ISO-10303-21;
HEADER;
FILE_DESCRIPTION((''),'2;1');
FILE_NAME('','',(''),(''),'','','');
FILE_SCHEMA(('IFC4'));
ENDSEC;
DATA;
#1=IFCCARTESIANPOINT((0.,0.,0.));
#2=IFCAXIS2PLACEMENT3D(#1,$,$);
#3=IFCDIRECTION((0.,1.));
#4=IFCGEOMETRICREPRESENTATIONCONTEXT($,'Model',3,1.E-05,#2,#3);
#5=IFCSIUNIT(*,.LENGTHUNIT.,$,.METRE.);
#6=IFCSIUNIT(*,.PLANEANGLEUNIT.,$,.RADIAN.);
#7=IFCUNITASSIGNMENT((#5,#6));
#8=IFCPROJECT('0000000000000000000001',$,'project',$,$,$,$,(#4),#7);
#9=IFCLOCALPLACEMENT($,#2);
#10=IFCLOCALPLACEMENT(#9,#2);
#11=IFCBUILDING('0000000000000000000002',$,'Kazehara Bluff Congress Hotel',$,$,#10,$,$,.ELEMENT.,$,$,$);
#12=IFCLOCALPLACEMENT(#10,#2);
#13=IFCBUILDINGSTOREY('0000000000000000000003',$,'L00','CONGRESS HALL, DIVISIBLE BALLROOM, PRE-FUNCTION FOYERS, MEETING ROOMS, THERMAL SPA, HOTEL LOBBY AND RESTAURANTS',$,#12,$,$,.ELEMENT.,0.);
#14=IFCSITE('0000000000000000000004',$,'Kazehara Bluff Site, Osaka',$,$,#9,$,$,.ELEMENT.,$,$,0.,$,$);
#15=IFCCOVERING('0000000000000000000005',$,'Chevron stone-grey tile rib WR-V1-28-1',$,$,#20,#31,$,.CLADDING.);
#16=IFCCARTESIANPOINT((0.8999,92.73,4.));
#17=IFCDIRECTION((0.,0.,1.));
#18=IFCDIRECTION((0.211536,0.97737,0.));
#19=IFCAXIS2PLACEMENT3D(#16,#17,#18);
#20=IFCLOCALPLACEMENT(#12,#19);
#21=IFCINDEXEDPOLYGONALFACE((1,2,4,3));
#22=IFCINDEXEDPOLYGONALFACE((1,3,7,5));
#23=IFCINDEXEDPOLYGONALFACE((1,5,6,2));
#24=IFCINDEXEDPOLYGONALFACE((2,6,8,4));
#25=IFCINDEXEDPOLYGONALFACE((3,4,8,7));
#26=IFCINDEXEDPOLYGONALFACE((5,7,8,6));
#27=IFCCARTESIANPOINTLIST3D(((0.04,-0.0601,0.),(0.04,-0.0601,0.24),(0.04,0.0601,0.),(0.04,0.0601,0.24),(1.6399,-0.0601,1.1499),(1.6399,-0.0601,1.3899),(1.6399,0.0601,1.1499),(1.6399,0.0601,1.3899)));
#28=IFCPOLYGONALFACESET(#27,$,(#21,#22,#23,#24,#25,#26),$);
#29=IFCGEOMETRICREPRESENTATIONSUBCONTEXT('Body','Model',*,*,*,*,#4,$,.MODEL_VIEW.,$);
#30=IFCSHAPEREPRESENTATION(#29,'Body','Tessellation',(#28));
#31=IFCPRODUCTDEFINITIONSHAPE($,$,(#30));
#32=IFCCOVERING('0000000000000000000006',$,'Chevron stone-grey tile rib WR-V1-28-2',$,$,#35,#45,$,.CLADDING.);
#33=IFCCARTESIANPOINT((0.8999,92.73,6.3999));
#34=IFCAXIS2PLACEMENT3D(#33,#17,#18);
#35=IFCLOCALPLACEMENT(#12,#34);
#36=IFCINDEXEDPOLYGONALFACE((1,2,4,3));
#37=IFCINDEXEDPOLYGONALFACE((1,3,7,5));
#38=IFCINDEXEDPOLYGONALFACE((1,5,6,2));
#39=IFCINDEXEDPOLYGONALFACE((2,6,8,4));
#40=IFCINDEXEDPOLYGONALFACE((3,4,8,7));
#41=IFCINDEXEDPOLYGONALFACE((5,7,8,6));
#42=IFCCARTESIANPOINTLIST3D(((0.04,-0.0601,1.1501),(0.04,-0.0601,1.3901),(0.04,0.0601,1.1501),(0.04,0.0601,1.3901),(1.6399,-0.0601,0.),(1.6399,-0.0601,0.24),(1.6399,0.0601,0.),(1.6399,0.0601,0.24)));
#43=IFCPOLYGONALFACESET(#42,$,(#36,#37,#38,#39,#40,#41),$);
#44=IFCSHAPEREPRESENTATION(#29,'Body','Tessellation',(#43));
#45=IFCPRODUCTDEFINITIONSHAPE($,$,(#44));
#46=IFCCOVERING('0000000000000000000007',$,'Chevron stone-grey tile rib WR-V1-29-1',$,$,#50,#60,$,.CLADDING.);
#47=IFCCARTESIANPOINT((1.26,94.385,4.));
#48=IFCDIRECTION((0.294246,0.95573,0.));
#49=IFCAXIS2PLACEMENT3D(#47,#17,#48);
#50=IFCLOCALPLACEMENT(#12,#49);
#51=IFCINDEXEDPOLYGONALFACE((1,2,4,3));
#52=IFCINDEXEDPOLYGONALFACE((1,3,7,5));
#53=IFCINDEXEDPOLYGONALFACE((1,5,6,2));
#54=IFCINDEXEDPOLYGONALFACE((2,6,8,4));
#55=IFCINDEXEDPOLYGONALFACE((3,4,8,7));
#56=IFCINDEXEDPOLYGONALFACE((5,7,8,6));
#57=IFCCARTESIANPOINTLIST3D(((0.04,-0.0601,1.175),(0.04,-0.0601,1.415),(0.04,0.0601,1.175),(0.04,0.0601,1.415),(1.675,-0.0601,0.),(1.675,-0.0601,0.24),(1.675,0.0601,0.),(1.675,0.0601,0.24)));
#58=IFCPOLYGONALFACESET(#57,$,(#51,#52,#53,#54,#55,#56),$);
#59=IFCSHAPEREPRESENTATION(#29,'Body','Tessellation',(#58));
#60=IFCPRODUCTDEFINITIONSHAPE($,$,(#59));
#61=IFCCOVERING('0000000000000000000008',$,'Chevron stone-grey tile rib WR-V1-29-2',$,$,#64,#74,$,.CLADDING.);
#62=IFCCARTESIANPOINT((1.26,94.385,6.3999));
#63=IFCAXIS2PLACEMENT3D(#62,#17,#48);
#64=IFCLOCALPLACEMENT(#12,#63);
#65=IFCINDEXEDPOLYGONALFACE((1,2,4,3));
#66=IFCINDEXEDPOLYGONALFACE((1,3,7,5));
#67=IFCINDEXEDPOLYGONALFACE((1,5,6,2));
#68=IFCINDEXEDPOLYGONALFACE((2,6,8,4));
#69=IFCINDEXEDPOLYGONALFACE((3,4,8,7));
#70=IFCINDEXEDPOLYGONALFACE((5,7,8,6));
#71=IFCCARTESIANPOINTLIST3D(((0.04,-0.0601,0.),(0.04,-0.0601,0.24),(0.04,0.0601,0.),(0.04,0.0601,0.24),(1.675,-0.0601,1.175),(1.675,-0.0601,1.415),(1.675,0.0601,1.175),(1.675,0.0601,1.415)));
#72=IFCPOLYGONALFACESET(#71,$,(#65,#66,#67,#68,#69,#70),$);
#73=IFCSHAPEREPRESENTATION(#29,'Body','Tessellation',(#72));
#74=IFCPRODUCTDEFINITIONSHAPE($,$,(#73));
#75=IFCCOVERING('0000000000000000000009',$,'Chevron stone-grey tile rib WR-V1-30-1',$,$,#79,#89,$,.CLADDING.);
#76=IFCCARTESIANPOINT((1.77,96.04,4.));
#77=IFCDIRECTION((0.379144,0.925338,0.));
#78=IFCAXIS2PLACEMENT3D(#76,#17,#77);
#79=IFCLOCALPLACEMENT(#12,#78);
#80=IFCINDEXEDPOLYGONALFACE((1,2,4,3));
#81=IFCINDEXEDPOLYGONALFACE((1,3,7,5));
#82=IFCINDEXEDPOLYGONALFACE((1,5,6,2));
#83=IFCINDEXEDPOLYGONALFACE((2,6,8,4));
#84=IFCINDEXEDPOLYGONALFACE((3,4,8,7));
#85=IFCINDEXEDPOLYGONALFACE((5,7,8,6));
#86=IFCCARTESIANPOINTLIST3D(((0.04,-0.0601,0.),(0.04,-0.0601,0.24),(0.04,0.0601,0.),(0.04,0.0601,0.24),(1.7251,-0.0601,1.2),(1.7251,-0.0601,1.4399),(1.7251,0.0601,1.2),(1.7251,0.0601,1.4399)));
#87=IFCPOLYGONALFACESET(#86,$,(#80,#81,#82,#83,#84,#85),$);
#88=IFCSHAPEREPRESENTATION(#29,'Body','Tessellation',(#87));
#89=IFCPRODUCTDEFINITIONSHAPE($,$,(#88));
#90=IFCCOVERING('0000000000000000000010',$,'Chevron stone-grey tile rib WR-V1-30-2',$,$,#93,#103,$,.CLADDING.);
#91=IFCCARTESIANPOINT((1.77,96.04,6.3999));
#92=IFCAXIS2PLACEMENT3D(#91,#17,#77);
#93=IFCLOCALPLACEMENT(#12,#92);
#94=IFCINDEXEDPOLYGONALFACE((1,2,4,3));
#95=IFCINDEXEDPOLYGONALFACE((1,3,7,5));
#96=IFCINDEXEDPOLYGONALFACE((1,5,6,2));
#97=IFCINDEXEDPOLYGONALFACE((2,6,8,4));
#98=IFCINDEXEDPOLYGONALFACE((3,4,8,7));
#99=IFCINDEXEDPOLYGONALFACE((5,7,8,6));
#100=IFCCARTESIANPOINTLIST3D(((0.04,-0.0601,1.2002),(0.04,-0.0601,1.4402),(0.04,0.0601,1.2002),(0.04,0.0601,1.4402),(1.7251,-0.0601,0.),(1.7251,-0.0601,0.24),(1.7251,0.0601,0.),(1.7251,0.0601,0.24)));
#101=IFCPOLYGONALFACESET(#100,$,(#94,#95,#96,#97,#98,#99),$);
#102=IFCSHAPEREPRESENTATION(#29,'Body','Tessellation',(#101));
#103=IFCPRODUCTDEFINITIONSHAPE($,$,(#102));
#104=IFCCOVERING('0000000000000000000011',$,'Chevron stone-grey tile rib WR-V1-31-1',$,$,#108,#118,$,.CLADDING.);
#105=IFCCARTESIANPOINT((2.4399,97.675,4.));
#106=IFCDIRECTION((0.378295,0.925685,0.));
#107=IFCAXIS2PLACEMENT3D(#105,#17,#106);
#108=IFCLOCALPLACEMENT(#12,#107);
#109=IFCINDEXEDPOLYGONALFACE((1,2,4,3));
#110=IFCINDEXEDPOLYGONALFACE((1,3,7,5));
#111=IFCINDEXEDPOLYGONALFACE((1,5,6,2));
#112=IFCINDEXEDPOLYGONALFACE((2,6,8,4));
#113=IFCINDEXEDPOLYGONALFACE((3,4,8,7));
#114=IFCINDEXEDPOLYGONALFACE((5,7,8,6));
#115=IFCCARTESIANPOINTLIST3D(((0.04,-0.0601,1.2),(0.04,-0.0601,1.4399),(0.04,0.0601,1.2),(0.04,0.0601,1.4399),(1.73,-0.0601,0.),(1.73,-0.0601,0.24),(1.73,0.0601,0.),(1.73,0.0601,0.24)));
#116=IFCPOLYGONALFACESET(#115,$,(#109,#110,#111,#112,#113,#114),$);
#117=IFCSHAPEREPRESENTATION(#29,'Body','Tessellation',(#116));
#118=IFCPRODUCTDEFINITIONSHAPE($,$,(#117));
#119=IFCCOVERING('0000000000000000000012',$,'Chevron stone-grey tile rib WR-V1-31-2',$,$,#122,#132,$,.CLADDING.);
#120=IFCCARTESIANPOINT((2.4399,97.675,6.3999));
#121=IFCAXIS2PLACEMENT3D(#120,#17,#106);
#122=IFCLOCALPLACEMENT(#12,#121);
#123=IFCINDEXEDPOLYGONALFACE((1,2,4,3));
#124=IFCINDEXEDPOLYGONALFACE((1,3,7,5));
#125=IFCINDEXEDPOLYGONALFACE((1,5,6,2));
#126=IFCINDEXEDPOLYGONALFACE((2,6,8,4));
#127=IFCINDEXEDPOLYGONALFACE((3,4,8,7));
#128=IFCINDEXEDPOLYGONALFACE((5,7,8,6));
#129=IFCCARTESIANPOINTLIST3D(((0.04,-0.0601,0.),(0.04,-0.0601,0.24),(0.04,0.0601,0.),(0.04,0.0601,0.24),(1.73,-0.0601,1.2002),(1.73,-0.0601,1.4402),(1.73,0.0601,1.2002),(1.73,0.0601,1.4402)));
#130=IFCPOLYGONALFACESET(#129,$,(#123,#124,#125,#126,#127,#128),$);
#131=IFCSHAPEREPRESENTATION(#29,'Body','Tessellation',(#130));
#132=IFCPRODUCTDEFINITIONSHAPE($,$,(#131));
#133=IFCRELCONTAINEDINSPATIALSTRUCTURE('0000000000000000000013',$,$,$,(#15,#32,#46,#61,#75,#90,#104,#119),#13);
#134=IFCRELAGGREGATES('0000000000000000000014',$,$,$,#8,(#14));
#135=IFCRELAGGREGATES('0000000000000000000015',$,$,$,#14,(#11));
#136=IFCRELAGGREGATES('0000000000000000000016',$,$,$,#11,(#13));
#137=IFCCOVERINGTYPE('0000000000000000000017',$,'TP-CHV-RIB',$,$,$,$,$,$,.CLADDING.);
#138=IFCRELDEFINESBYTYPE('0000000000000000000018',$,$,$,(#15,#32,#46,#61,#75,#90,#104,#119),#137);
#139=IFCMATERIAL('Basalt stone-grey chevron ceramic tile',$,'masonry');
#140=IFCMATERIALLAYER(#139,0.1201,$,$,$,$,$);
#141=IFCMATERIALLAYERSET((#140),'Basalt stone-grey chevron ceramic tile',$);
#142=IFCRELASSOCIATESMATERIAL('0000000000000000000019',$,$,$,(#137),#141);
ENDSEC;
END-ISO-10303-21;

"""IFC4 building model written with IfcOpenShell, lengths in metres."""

from ifc_helpers import new_model, si_unit, direction, frame, origin, place, context, subcontext, project, spatial, polyline, outline, extrude, material, layer, layer_set, type_object, element, save


model = new_model("IFC4")

# Units and contexts
model_context = context("Model", 3, precision=1e-05, world=origin(), true_north=direction((0.0, 1.0)))
body_context = subcontext(model_context, "Body", "Model", "MODEL_VIEW")
ifc_project = project(units=[si_unit("LENGTHUNIT", "METRE"), si_unit("PLANEANGLEUNIT", "RADIAN")], contexts=[model_context])

# Site, building, storey
site_placement = place(None, origin())
site = spatial("IfcSite", under=ifc_project, at=site_placement, Name="Kazehara Bluff Site, Osaka", CompositionType="ELEMENT", RefElevation=0.0)
building_placement = place(site_placement, origin())
building = spatial("IfcBuilding", under=site, at=building_placement, Name="Kazehara Bluff Congress Hotel", CompositionType="ELEMENT")
storey_placement = place(building_placement, origin())
storey = spatial("IfcBuildingStorey", under=building, at=storey_placement, Name="L00", Description="CONGRESS HALL, DIVISIBLE BALLROOM, PRE-FUNCTION FOYERS, MEETING ROOMS, THERMAL SPA, HOTEL LOBBY AND RESTAURANTS", CompositionType="ELEMENT", Elevation=0.0)

# Coverings
ifc_material_1 = material(Name="Basalt stone-grey chevron ceramic tile", Category="masonry")
ifc_layer_1 = layer(ifc_material_1, 0.1201)
ifc_layer_set_1 = layer_set([ifc_layer_1], Name="Basalt stone-grey chevron ceramic tile")
covering_type_1 = type_object("IfcCoveringType", Name="TP-CHV-RIB", PredefinedType="CLADDING", material=ifc_layer_set_1)
covering_1_placement = place(storey_placement, frame((0.8999, 92.73, 4.0), z_axis=(0.0, 0.0, 1.0), x_axis=(0.211536, 0.97737, 0.0)))
element("IfcCovering", 1, at=covering_1_placement, inside=storey, type_object=covering_type_1, Name="Chevron stone-grey tile rib WR-V1-28-1", PredefinedType="CLADDING", context=body_context, shape_type="SweptSolid", body=[
    extrude(outline(polyline([(0.04, 0.0), (1.6399, 1.1499), (1.6399, 1.3899), (0.04, 0.24), (0.04, 0.0)])), frame((0.0, 0.0601, 0.0), z_axis=(0.0, -1.0, 0.0), x_axis=(1.0, 0.0, 0.0)), (0.0, 0.0, 1.0), 0.1201),
])
covering_2_placement = place(storey_placement, frame((0.8999, 92.73, 6.3999), z_axis=(0.0, 0.0, 1.0), x_axis=(0.211536, 0.97737, 0.0)))
element("IfcCovering", 2, at=covering_2_placement, inside=storey, type_object=covering_type_1, Name="Chevron stone-grey tile rib WR-V1-28-2", PredefinedType="CLADDING", context=body_context, shape_type="SweptSolid", body=[
    extrude(outline(polyline([(0.04, 1.1501), (1.6399, 0.0), (1.6399, 0.24), (0.04, 1.3901), (0.04, 1.1501)])), frame((0.0, 0.0601, 0.0), z_axis=(0.0, -1.0, 0.0), x_axis=(1.0, 0.0, 0.0)), (0.0, 0.0, 1.0), 0.1201),
])
covering_3_placement = place(storey_placement, frame((1.26, 94.385, 4.0), z_axis=(0.0, 0.0, 1.0), x_axis=(0.294246, 0.95573, 0.0)))
element("IfcCovering", 3, at=covering_3_placement, inside=storey, type_object=covering_type_1, Name="Chevron stone-grey tile rib WR-V1-29-1", PredefinedType="CLADDING", context=body_context, shape_type="SweptSolid", body=[
    extrude(outline(polyline([(0.04, 1.175), (1.675, 0.0), (1.675, 0.24), (0.04, 1.415), (0.04, 1.175)])), frame((0.0, 0.0601, 0.0), z_axis=(0.0, -1.0, 0.0), x_axis=(1.0, 0.0, 0.0)), (0.0, 0.0, 1.0), 0.1201),
])
covering_4_placement = place(storey_placement, frame((1.26, 94.385, 6.3999), z_axis=(0.0, 0.0, 1.0), x_axis=(0.294246, 0.95573, 0.0)))
element("IfcCovering", 4, at=covering_4_placement, inside=storey, type_object=covering_type_1, Name="Chevron stone-grey tile rib WR-V1-29-2", PredefinedType="CLADDING", context=body_context, shape_type="SweptSolid", body=[
    extrude(outline(polyline([(0.04, 0.0), (1.675, 1.175), (1.675, 1.415), (0.04, 0.24), (0.04, 0.0)])), frame((0.0, 0.0601, 0.0), z_axis=(0.0, -1.0, 0.0), x_axis=(1.0, 0.0, 0.0)), (0.0, 0.0, 1.0), 0.1201),
])
covering_5_placement = place(storey_placement, frame((1.77, 96.04, 4.0), z_axis=(0.0, 0.0, 1.0), x_axis=(0.379144, 0.925338, 0.0)))
element("IfcCovering", 5, at=covering_5_placement, inside=storey, type_object=covering_type_1, Name="Chevron stone-grey tile rib WR-V1-30-1", PredefinedType="CLADDING", context=body_context, shape_type="SweptSolid", body=[
    extrude(outline(polyline([(0.04, 0.0), (1.7251, 1.2), (1.7251, 1.4399), (0.04, 0.24), (0.04, 0.0)])), frame((0.0, 0.0601, 0.0), z_axis=(0.0, -1.0, 0.0), x_axis=(1.0, 0.0, 0.0)), (0.0, 0.0, 1.0), 0.1201),
])
covering_6_placement = place(storey_placement, frame((1.77, 96.04, 6.3999), z_axis=(0.0, 0.0, 1.0), x_axis=(0.379144, 0.925338, 0.0)))
element("IfcCovering", 6, at=covering_6_placement, inside=storey, type_object=covering_type_1, Name="Chevron stone-grey tile rib WR-V1-30-2", PredefinedType="CLADDING", context=body_context, shape_type="SweptSolid", body=[
    extrude(outline(polyline([(0.04, 1.2002), (1.7251, 0.0), (1.7251, 0.24), (0.04, 1.4402), (0.04, 1.2002)])), frame((0.0, 0.0601, 0.0), z_axis=(0.0, -1.0, 0.0), x_axis=(1.0, 0.0, 0.0)), (0.0, 0.0, 1.0), 0.1201),
])
covering_7_placement = place(storey_placement, frame((2.4399, 97.675, 4.0), z_axis=(0.0, 0.0, 1.0), x_axis=(0.378295, 0.925685, 0.0)))
element("IfcCovering", 7, at=covering_7_placement, inside=storey, type_object=covering_type_1, Name="Chevron stone-grey tile rib WR-V1-31-1", PredefinedType="CLADDING", context=body_context, shape_type="SweptSolid", body=[
    extrude(outline(polyline([(0.04, 1.2), (1.73, 0.0), (1.73, 0.24), (0.04, 1.4399), (0.04, 1.2)])), frame((0.0, 0.0601, 0.0), z_axis=(0.0, -1.0, 0.0), x_axis=(1.0, 0.0, 0.0)), (0.0, 0.0, 1.0), 0.1201),
])
covering_8_placement = place(storey_placement, frame((2.4399, 97.675, 6.3999), z_axis=(0.0, 0.0, 1.0), x_axis=(0.378295, 0.925685, 0.0)))
element("IfcCovering", 8, at=covering_8_placement, inside=storey, type_object=covering_type_1, Name="Chevron stone-grey tile rib WR-V1-31-2", PredefinedType="CLADDING", context=body_context, shape_type="SweptSolid", body=[
    extrude(outline(polyline([(0.04, 0.0), (1.73, 1.2002), (1.73, 1.4402), (0.04, 0.24), (0.04, 0.0)])), frame((0.0, 0.0601, 0.0), z_axis=(0.0, -1.0, 0.0), x_axis=(1.0, 0.0, 0.0)), (0.0, 0.0, 1.0), 0.1201),
])

save(model, "model.ifc")
